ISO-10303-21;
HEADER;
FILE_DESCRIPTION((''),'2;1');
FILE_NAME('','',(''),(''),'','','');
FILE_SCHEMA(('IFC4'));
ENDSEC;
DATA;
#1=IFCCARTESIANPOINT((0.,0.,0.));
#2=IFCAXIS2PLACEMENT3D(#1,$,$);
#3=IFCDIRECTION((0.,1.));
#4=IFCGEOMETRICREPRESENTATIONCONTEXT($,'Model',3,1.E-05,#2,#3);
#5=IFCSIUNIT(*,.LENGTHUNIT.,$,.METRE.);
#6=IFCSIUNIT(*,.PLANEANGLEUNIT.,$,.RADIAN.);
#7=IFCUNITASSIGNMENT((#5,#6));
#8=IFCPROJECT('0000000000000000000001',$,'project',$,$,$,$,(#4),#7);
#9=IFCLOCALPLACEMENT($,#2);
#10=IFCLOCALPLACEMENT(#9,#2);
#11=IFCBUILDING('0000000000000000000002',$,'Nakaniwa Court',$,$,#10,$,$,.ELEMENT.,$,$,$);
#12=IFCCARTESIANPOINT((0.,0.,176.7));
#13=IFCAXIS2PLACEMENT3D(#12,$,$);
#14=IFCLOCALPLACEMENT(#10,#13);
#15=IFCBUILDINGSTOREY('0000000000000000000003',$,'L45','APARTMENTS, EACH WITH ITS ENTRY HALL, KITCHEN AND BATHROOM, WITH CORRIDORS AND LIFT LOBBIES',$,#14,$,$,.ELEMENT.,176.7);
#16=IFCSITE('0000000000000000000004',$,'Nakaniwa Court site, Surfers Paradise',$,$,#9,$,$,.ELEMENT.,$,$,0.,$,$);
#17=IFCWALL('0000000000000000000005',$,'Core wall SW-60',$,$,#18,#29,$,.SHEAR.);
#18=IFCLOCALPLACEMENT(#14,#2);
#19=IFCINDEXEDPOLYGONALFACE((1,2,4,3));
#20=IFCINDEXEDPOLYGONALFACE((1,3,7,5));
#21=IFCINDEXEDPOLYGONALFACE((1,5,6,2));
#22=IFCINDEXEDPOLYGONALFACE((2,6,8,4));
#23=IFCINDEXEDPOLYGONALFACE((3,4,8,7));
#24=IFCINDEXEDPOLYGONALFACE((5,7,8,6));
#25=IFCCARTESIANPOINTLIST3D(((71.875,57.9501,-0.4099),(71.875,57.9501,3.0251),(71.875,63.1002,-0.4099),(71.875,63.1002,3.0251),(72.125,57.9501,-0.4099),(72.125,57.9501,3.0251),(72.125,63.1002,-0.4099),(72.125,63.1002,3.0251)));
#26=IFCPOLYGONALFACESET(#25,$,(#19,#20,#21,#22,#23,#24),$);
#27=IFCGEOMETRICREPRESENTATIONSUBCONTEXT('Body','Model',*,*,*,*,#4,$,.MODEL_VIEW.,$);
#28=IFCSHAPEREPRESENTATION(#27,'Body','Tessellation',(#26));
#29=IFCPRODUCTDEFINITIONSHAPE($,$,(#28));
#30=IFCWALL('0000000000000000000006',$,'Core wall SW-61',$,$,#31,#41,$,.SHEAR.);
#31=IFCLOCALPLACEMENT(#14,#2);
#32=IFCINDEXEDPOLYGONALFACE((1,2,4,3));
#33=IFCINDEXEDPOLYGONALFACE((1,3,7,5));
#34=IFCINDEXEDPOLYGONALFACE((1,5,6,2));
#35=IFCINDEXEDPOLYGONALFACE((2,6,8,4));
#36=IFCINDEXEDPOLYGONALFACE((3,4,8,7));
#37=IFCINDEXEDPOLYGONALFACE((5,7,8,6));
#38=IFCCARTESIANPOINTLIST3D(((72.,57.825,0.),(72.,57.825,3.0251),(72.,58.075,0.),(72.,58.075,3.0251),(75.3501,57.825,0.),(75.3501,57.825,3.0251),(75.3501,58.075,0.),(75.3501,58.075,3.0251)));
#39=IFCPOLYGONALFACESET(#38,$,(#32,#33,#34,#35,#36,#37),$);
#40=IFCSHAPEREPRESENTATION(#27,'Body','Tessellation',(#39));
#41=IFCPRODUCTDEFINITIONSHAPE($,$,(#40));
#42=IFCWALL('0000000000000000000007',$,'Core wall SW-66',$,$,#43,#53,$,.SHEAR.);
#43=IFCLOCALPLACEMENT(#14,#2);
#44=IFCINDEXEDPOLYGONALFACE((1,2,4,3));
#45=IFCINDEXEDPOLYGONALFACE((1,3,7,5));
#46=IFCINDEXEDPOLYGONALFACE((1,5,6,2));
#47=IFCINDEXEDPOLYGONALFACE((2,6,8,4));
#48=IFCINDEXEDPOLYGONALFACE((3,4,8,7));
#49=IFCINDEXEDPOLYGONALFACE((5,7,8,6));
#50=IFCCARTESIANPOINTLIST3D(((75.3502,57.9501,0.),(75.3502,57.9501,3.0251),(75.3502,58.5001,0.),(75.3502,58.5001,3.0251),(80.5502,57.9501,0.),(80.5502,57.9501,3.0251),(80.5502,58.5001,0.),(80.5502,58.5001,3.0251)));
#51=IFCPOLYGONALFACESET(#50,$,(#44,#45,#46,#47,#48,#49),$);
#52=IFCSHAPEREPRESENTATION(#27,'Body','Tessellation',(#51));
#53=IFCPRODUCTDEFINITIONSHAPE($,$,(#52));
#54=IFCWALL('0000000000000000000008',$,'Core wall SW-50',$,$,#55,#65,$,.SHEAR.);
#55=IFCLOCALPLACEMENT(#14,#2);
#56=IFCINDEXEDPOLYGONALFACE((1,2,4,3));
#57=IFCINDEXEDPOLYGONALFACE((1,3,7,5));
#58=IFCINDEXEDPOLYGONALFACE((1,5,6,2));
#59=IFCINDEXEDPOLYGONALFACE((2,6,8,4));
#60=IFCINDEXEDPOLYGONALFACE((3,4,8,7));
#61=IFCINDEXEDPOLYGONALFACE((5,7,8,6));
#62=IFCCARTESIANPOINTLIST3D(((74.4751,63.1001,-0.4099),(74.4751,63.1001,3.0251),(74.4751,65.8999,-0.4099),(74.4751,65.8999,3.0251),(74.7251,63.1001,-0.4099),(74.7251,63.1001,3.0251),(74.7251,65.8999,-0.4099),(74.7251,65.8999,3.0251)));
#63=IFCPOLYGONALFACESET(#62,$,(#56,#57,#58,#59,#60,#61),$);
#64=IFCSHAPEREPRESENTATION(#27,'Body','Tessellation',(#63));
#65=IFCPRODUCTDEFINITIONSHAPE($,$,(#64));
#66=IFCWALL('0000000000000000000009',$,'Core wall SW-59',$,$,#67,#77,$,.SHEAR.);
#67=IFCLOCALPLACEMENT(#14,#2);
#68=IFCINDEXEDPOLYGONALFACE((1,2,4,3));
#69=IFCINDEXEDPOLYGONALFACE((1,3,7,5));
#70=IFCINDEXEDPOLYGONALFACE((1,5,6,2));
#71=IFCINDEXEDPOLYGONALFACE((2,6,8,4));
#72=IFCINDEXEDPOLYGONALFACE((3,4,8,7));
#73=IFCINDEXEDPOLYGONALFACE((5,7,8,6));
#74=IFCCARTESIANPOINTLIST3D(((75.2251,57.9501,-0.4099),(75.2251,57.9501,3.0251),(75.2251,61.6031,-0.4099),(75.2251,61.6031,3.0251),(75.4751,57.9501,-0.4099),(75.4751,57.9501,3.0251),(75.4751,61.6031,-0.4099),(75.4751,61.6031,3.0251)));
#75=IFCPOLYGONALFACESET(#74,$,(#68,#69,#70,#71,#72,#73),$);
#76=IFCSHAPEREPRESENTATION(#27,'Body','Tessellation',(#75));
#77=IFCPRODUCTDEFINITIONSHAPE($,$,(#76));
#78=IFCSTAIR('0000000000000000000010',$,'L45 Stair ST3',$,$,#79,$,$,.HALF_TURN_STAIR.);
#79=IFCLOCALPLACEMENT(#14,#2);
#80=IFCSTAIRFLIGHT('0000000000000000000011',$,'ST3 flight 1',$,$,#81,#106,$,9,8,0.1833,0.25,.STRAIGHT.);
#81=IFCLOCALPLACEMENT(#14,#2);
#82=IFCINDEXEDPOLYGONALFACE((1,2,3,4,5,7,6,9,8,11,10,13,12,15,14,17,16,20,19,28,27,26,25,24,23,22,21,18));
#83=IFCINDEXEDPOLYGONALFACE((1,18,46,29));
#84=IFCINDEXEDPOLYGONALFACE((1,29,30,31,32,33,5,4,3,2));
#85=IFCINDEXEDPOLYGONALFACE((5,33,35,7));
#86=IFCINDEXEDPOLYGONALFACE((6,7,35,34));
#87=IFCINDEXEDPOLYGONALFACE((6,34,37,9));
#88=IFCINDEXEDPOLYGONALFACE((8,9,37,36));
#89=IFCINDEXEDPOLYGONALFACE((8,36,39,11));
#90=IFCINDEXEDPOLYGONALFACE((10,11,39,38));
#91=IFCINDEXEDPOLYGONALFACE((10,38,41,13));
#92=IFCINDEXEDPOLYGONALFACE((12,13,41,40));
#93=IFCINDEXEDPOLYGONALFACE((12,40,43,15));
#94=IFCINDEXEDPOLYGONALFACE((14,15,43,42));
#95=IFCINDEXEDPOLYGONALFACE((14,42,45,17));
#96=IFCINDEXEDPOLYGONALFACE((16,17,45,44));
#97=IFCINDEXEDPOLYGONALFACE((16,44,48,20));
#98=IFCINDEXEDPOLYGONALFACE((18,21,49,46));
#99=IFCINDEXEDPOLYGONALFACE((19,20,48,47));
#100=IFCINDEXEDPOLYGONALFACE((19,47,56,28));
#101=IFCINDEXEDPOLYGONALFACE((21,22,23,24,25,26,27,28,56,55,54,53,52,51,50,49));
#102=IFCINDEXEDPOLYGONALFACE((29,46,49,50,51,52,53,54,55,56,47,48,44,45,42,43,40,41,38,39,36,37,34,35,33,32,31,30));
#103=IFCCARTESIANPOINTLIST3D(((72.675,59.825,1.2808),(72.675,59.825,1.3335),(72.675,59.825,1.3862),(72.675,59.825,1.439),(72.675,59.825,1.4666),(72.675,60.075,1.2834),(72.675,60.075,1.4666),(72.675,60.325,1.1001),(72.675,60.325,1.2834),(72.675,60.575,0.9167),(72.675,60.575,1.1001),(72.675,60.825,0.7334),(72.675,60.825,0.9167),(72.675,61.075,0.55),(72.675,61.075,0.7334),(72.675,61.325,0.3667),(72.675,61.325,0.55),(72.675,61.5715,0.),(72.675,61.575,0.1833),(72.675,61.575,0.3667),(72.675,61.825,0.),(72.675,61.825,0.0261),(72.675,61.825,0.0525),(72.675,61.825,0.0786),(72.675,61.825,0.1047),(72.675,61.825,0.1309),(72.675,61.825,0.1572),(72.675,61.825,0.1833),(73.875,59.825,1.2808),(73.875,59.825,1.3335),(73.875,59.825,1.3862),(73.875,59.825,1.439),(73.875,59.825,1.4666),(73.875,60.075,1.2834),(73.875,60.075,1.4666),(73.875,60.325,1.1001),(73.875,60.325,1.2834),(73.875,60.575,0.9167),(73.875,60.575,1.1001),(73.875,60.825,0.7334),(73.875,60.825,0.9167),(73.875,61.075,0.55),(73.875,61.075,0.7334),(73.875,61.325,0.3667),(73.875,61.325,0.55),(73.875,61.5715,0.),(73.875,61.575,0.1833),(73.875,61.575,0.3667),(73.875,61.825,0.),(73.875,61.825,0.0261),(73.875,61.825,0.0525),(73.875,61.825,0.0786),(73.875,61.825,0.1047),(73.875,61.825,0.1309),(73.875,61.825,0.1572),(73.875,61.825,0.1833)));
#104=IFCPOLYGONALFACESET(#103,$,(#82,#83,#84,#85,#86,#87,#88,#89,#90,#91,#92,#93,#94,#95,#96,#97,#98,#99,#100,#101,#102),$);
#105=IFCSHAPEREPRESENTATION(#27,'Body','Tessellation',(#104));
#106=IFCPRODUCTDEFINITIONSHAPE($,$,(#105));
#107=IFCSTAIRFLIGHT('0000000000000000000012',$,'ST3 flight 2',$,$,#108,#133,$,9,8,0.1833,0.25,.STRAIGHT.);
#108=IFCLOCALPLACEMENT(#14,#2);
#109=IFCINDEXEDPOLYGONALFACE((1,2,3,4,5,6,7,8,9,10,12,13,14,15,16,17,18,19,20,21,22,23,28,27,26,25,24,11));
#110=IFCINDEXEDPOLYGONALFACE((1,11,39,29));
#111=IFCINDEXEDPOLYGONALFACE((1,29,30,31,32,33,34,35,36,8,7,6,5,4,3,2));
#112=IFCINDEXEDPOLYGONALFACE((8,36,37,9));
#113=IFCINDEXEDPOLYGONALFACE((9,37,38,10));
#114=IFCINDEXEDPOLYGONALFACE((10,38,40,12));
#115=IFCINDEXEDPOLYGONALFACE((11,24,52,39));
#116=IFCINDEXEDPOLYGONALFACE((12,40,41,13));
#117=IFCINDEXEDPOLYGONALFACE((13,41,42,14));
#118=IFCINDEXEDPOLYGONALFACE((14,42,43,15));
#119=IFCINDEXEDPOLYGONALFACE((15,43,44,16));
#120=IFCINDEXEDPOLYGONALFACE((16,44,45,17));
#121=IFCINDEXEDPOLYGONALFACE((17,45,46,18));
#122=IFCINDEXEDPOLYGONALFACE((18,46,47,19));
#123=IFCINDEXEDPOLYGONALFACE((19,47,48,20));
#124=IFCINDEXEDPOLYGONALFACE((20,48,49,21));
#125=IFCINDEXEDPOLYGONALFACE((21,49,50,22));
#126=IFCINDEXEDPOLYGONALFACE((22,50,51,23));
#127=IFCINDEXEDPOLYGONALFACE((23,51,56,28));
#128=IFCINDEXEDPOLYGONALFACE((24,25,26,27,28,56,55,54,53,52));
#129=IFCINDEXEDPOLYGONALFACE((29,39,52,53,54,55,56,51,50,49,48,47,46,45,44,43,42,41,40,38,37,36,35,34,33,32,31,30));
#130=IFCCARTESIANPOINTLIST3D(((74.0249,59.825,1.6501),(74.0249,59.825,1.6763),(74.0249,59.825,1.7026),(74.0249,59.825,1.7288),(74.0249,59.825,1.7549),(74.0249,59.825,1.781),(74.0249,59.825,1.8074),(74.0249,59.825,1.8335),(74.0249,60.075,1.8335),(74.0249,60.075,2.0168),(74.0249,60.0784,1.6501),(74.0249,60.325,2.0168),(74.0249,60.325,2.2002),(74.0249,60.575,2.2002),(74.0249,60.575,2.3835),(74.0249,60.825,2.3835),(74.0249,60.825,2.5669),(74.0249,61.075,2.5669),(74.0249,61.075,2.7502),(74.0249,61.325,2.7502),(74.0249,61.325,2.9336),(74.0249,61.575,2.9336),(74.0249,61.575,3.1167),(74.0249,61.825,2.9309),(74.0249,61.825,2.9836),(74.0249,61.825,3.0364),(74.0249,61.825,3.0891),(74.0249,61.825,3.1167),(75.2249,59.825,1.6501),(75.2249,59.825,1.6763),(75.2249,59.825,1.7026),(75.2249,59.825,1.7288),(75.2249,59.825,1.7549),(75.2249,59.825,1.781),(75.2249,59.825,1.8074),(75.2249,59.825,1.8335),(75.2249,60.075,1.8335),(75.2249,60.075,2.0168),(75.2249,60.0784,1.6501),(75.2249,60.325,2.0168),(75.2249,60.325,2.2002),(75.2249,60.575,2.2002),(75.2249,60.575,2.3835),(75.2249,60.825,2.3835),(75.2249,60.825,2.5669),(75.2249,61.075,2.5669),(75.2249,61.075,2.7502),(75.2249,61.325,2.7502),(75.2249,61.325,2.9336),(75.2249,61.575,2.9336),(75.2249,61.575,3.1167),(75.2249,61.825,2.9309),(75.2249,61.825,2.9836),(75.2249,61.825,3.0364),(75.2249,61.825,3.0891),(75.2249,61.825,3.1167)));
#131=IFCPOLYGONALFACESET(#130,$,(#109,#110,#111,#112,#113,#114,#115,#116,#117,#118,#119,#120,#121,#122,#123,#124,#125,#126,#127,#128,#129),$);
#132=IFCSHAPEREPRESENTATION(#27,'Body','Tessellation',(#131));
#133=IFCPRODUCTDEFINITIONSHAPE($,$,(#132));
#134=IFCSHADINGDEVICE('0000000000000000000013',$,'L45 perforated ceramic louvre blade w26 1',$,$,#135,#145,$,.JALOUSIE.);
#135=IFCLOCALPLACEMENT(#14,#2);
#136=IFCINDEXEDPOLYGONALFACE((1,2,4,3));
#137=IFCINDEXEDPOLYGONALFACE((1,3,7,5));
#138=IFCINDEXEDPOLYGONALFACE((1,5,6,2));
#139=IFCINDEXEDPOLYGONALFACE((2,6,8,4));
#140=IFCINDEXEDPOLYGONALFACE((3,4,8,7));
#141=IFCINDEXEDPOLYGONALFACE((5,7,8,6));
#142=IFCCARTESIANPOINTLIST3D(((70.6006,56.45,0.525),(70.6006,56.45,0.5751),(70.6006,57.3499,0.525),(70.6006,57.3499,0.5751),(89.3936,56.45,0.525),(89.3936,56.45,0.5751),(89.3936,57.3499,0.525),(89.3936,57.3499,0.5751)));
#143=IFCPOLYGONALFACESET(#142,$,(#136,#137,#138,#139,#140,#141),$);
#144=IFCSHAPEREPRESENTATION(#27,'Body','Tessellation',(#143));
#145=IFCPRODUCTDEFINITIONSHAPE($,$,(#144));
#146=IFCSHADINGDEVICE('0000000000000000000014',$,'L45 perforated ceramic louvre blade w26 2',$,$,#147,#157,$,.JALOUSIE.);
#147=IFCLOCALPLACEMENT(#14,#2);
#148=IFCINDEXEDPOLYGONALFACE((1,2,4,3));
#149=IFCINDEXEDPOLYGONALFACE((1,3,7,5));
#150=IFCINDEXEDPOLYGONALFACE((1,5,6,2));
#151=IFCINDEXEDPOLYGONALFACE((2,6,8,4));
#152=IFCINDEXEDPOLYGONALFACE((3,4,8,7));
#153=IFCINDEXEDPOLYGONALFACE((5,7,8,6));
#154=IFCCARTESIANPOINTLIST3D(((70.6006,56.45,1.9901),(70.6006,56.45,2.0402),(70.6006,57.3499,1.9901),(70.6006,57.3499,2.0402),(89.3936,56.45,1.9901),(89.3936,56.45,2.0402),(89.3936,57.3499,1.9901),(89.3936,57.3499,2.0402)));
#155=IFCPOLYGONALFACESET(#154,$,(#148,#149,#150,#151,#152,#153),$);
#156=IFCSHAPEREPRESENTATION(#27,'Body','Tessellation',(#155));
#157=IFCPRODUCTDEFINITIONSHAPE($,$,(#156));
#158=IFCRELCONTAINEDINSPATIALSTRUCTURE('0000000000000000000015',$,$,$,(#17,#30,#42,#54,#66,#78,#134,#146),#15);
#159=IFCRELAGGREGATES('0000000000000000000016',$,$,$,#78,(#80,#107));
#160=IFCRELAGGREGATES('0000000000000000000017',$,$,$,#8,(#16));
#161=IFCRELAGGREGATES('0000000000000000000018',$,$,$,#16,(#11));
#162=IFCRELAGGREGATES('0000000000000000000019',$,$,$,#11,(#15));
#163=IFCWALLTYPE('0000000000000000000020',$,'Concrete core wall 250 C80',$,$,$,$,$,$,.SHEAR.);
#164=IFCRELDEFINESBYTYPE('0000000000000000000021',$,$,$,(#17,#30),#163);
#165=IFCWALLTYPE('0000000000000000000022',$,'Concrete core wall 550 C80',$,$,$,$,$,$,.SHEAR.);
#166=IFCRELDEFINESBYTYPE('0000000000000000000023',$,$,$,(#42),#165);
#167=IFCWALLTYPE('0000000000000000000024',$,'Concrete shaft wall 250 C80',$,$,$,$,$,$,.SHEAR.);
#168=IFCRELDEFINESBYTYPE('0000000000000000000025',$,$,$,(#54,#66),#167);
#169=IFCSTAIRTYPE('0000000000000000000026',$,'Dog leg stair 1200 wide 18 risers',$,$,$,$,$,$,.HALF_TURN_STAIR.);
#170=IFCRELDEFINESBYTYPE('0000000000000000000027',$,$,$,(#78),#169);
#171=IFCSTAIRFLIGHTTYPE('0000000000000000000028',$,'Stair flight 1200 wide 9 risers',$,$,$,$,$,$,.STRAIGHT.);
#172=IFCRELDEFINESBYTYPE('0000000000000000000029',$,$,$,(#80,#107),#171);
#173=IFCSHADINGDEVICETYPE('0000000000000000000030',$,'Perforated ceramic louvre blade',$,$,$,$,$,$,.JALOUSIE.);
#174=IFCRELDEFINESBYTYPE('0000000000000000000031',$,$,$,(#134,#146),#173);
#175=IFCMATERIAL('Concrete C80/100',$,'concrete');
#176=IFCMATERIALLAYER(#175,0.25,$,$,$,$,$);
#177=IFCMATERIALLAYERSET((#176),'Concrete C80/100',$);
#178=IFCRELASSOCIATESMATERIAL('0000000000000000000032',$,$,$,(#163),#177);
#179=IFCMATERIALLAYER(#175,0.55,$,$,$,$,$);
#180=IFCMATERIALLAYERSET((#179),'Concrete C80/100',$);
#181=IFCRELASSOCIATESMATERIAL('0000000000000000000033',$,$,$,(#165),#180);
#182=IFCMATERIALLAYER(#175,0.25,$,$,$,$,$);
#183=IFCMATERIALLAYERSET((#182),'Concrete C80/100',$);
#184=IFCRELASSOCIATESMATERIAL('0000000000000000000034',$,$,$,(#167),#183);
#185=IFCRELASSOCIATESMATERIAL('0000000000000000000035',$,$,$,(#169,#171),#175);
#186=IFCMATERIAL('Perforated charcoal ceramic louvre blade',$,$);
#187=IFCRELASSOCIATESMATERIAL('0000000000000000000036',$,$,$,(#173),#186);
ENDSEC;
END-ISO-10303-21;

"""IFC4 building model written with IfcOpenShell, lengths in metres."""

from ifc_helpers import new_model, si_unit, direction, frame, frame_2d, origin, origin_2d, place, context, subcontext, project, spatial, polyline, rectangle, outline, extrude, material, layer, layer_set, material_profile, profile_set, type_object, element, aggregate, save


model = new_model("IFC4")

# Units and contexts
model_context = context("Model", 3, precision=1e-05, world=origin(), true_north=direction((0.0, 1.0)))
body_context = subcontext(model_context, "Body", "Model", "MODEL_VIEW")
ifc_project = project(units=[si_unit("LENGTHUNIT", "METRE"), si_unit("PLANEANGLEUNIT", "RADIAN")], contexts=[model_context])

# Site, building, storey
site_placement = place(None, origin())
site = spatial("IfcSite", under=ifc_project, at=site_placement, Name="Nakaniwa Court site, Surfers Paradise", CompositionType="ELEMENT", RefElevation=0.0)
building_placement = place(site_placement, origin())
building = spatial("IfcBuilding", under=site, at=building_placement, Name="Nakaniwa Court", CompositionType="ELEMENT")
storey_placement = place(building_placement, frame((0.0, 0.0, 176.7)))
storey = spatial("IfcBuildingStorey", under=building, at=storey_placement, Name="L45", Description="APARTMENTS, EACH WITH ITS ENTRY HALL, KITCHEN AND BATHROOM, WITH CORRIDORS AND LIFT LOBBIES", CompositionType="ELEMENT", Elevation=176.7)

# Shared definitions
ifc_material_1 = material(Name="Concrete C80/100", Category="concrete")

# Walls
ifc_layer_1 = layer(ifc_material_1, 0.25)
ifc_layer_set_1 = layer_set([ifc_layer_1], Name="Concrete C80/100")
wall_type_1 = type_object("IfcWallType", Name="Concrete core wall 250 C80", PredefinedType="SHEAR", material=ifc_layer_set_1)
wall_1_placement = place(storey_placement, frame((72.0, 57.95, -0.4099), z_axis=(0.0, 0.0, 1.0), x_axis=(0.0, 1.0, 0.0)))
element("IfcWall", 1, at=wall_1_placement, inside=storey, type_object=wall_type_1, Name="Core wall SW-60", PredefinedType="SHEAR", context=body_context, shape_type="SweptSolid", body=[
    extrude(rectangle(XDim=5.1501, YDim=0.25, at=frame_2d((2.5752, 0.0))), origin(), (0.0, 0.0, 1.0), 3.4351),
])
wall_2_placement = place(storey_placement, frame((72.0, 57.95, 0.0), z_axis=(0.0, 0.0, 1.0), x_axis=(1.0, 0.0, 0.0)))
element("IfcWall", 2, at=wall_2_placement, inside=storey, type_object=wall_type_1, Name="Core wall SW-61", PredefinedType="SHEAR", context=body_context, shape_type="SweptSolid", body=[
    extrude(rectangle(XDim=3.3501, YDim=0.25, at=frame_2d((1.675, 0.0))), origin(), (0.0, 0.0, 1.0), 3.0251),
])
ifc_layer_2 = layer(ifc_material_1, 0.55)
ifc_layer_set_2 = layer_set([ifc_layer_2], Name="Concrete C80/100")
wall_type_2 = type_object("IfcWallType", Name="Concrete core wall 550 C80", PredefinedType="SHEAR", material=ifc_layer_set_2)
wall_3_placement = place(storey_placement, frame((75.3501, 58.2251, 0.0), z_axis=(0.0, 0.0, 1.0), x_axis=(1.0, 0.0, 0.0)))
element("IfcWall", 3, at=wall_3_placement, inside=storey, type_object=wall_type_2, Name="Core wall SW-66", PredefinedType="SHEAR", context=body_context, shape_type="SweptSolid", body=[
    extrude(rectangle(XDim=5.2, YDim=0.55, at=frame_2d((2.6001, 0.0))), origin(), (0.0, 0.0, 1.0), 3.0251),
])
ifc_layer_3 = layer(ifc_material_1, 0.25)
ifc_layer_set_3 = layer_set([ifc_layer_3], Name="Concrete C80/100")
wall_type_3 = type_object("IfcWallType", Name="Concrete shaft wall 250 C80", PredefinedType="SHEAR", material=ifc_layer_set_3)
wall_4_placement = place(storey_placement, frame((74.6001, 63.1001, -0.4099), z_axis=(0.0, 0.0, 1.0), x_axis=(0.0, 1.0, 0.0)))
element("IfcWall", 4, at=wall_4_placement, inside=storey, type_object=wall_type_3, Name="Core wall SW-50", PredefinedType="SHEAR", context=body_context, shape_type="SweptSolid", body=[
    extrude(rectangle(XDim=2.7998, YDim=0.25, at=frame_2d((1.3999, 0.0))), origin(), (0.0, 0.0, 1.0), 3.4351),
])
wall_5_placement = place(storey_placement, frame((75.3501, 57.95, -0.4099), z_axis=(0.0, 0.0, 1.0), x_axis=(0.0, 1.0, 0.0)))
element("IfcWall", 5, at=wall_5_placement, inside=storey, type_object=wall_type_3, Name="Core wall SW-59", PredefinedType="SHEAR", context=body_context, shape_type="SweptSolid", body=[
    extrude(rectangle(XDim=3.6531, YDim=0.25, at=frame_2d((1.8267, 0.0))), origin(), (0.0, 0.0, 1.0), 3.4351),
])

# Stair, stair flights
stair_type = type_object("IfcStairType", Name="Dog leg stair 1200 wide 18 risers", PredefinedType="HALF_TURN_STAIR", material=ifc_material_1)
stair_placement = place(storey_placement, origin())
stair = element("IfcStair", 6, at=stair_placement, inside=storey, type_object=stair_type, Name="L45 Stair ST3", PredefinedType="HALF_TURN_STAIR")
stair_flight_type = type_object("IfcStairFlightType", Name="Stair flight 1200 wide 9 risers", PredefinedType="STRAIGHT", material=ifc_material_1)
stair_flight_1_placement = place(storey_placement, frame((73.2749, 61.825, 0.0), z_axis=(0.0, 0.0, 1.0), x_axis=(0.0, -1.0, 0.0)))
stair_flight_1 = element("IfcStairFlight", 7, at=stair_flight_1_placement, type_object=stair_flight_type, Name="ST3 flight 1", NumberOfRisers=9, NumberOfTreads=8, PredefinedType="STRAIGHT", RiserHeight=0.1833, TreadLength=0.25, context=body_context, shape_type="SweptSolid", body=[
    extrude(outline(polyline([(0.0, 0.0), (0.0, 0.0261), (0.0, 0.0525), (0.0, 0.0786), (0.0, 0.1047), (0.0, 0.1309), (0.0, 0.1572), (0.0, 0.1833), (0.25, 0.1833), (0.25, 0.3667), (0.5, 0.3667), (0.5, 0.55), (0.75, 0.55), (0.75, 0.7334), (1.0, 0.7334), (1.0, 0.9167), (1.25, 0.9167), (1.25, 1.1001), (1.5, 1.1001), (1.5, 1.2834), (1.75, 1.2834), (1.75, 1.4666), (2.0, 1.4666), (2.0, 1.6499), (2.0, 1.5972), (2.0, 1.5444), (2.0, 1.4917), (2.0, 1.439), (2.0, 1.3862), (2.0, 1.3335), (2.0, 1.2808), (0.2534, 0.0), (0.0, 0.0)])), frame((0.0, 0.6001, 0.0), z_axis=(0.0, -1.0, 0.0), x_axis=(1.0, 0.0, 0.0)), (0.0, 0.0, 1.0), 1.2),
])
stair_flight_2_placement = place(storey_placement, frame((74.625, 59.825, 1.6501), z_axis=(0.0, 0.0, 1.0), x_axis=(0.0, 1.0, 0.0)))
stair_flight_2 = element("IfcStairFlight", 8, at=stair_flight_2_placement, type_object=stair_flight_type, Name="ST3 flight 2", NumberOfRisers=9, NumberOfTreads=8, PredefinedType="STRAIGHT", RiserHeight=0.1833, TreadLength=0.25, context=body_context, shape_type="SweptSolid", body=[
    extrude(outline(polyline([(0.0, 0.0), (0.0, 0.0261), (0.0, 0.0525), (0.0, 0.0786), (0.0, 0.1047), (0.0, 0.1309), (0.0, 0.1572), (0.0, 0.1833), (0.25, 0.1833), (0.25, 0.3667), (0.5, 0.3667), (0.5, 0.55), (0.75, 0.55), (0.75, 0.7334), (1.0, 0.7334), (1.0, 0.9167), (1.25, 0.9167), (1.25, 1.1001), (1.5, 1.1001), (1.5, 1.2834), (1.75, 1.2834), (1.75, 1.4666), (2.0, 1.4666), (2.0, 1.6499), (2.0, 1.5972), (2.0, 1.5444), (2.0, 1.4917), (2.0, 1.439), (2.0, 1.3862), (2.0, 1.3335), (2.0, 1.2808), (0.2534, 0.0), (0.0, 0.0)])), frame((0.0, 0.6001, 0.0), z_axis=(0.0, -1.0, 0.0), x_axis=(1.0, 0.0, 0.0)), (0.0, 0.0, 1.0), 1.2),
])
aggregate(stair, [stair_flight_1, stair_flight_2])

# Shading devices
ifc_material_2 = material(Name="Perforated charcoal ceramic louvre blade")
ifc_material_profile_1 = material_profile(ifc_material_2, rectangle(XDim=0.8999, YDim=0.05, at=origin_2d()), Name="Perforated ceramic louvre blade")
ifc_profile_set_1 = profile_set([ifc_material_profile_1], Name="Perforated charcoal ceramic louvre blade")
shading_device_type = type_object("IfcShadingDeviceType", Name="Perforated ceramic louvre blade", PredefinedType="JALOUSIE", material=ifc_profile_set_1)
for number, where, z_axis, x_axis, name in (
    (9, (70.6006, 56.8999, 0.55), (1.0, 0.0, 0.0), (0.0, 1.0, 0.0), "L45 perforated ceramic louvre blade w26 1"),
    (10, (70.6006, 56.8999, 2.0151), (1.0, 0.0, 0.0), (0.0, 1.0, 0.0), "L45 perforated ceramic louvre blade w26 2"),
):
    element("IfcShadingDevice", number, at=place(storey_placement, frame(where, z_axis=z_axis, x_axis=x_axis)), inside=storey, type_object=shading_device_type, Name=name, PredefinedType="JALOUSIE", context=body_context, shape_type="SweptSolid", body=[
        extrude(rectangle(XDim=0.8999, YDim=0.05, at=origin_2d()), origin(), (0.0, 0.0, 1.0), 18.793),
    ])

save(model, "model.ifc")
